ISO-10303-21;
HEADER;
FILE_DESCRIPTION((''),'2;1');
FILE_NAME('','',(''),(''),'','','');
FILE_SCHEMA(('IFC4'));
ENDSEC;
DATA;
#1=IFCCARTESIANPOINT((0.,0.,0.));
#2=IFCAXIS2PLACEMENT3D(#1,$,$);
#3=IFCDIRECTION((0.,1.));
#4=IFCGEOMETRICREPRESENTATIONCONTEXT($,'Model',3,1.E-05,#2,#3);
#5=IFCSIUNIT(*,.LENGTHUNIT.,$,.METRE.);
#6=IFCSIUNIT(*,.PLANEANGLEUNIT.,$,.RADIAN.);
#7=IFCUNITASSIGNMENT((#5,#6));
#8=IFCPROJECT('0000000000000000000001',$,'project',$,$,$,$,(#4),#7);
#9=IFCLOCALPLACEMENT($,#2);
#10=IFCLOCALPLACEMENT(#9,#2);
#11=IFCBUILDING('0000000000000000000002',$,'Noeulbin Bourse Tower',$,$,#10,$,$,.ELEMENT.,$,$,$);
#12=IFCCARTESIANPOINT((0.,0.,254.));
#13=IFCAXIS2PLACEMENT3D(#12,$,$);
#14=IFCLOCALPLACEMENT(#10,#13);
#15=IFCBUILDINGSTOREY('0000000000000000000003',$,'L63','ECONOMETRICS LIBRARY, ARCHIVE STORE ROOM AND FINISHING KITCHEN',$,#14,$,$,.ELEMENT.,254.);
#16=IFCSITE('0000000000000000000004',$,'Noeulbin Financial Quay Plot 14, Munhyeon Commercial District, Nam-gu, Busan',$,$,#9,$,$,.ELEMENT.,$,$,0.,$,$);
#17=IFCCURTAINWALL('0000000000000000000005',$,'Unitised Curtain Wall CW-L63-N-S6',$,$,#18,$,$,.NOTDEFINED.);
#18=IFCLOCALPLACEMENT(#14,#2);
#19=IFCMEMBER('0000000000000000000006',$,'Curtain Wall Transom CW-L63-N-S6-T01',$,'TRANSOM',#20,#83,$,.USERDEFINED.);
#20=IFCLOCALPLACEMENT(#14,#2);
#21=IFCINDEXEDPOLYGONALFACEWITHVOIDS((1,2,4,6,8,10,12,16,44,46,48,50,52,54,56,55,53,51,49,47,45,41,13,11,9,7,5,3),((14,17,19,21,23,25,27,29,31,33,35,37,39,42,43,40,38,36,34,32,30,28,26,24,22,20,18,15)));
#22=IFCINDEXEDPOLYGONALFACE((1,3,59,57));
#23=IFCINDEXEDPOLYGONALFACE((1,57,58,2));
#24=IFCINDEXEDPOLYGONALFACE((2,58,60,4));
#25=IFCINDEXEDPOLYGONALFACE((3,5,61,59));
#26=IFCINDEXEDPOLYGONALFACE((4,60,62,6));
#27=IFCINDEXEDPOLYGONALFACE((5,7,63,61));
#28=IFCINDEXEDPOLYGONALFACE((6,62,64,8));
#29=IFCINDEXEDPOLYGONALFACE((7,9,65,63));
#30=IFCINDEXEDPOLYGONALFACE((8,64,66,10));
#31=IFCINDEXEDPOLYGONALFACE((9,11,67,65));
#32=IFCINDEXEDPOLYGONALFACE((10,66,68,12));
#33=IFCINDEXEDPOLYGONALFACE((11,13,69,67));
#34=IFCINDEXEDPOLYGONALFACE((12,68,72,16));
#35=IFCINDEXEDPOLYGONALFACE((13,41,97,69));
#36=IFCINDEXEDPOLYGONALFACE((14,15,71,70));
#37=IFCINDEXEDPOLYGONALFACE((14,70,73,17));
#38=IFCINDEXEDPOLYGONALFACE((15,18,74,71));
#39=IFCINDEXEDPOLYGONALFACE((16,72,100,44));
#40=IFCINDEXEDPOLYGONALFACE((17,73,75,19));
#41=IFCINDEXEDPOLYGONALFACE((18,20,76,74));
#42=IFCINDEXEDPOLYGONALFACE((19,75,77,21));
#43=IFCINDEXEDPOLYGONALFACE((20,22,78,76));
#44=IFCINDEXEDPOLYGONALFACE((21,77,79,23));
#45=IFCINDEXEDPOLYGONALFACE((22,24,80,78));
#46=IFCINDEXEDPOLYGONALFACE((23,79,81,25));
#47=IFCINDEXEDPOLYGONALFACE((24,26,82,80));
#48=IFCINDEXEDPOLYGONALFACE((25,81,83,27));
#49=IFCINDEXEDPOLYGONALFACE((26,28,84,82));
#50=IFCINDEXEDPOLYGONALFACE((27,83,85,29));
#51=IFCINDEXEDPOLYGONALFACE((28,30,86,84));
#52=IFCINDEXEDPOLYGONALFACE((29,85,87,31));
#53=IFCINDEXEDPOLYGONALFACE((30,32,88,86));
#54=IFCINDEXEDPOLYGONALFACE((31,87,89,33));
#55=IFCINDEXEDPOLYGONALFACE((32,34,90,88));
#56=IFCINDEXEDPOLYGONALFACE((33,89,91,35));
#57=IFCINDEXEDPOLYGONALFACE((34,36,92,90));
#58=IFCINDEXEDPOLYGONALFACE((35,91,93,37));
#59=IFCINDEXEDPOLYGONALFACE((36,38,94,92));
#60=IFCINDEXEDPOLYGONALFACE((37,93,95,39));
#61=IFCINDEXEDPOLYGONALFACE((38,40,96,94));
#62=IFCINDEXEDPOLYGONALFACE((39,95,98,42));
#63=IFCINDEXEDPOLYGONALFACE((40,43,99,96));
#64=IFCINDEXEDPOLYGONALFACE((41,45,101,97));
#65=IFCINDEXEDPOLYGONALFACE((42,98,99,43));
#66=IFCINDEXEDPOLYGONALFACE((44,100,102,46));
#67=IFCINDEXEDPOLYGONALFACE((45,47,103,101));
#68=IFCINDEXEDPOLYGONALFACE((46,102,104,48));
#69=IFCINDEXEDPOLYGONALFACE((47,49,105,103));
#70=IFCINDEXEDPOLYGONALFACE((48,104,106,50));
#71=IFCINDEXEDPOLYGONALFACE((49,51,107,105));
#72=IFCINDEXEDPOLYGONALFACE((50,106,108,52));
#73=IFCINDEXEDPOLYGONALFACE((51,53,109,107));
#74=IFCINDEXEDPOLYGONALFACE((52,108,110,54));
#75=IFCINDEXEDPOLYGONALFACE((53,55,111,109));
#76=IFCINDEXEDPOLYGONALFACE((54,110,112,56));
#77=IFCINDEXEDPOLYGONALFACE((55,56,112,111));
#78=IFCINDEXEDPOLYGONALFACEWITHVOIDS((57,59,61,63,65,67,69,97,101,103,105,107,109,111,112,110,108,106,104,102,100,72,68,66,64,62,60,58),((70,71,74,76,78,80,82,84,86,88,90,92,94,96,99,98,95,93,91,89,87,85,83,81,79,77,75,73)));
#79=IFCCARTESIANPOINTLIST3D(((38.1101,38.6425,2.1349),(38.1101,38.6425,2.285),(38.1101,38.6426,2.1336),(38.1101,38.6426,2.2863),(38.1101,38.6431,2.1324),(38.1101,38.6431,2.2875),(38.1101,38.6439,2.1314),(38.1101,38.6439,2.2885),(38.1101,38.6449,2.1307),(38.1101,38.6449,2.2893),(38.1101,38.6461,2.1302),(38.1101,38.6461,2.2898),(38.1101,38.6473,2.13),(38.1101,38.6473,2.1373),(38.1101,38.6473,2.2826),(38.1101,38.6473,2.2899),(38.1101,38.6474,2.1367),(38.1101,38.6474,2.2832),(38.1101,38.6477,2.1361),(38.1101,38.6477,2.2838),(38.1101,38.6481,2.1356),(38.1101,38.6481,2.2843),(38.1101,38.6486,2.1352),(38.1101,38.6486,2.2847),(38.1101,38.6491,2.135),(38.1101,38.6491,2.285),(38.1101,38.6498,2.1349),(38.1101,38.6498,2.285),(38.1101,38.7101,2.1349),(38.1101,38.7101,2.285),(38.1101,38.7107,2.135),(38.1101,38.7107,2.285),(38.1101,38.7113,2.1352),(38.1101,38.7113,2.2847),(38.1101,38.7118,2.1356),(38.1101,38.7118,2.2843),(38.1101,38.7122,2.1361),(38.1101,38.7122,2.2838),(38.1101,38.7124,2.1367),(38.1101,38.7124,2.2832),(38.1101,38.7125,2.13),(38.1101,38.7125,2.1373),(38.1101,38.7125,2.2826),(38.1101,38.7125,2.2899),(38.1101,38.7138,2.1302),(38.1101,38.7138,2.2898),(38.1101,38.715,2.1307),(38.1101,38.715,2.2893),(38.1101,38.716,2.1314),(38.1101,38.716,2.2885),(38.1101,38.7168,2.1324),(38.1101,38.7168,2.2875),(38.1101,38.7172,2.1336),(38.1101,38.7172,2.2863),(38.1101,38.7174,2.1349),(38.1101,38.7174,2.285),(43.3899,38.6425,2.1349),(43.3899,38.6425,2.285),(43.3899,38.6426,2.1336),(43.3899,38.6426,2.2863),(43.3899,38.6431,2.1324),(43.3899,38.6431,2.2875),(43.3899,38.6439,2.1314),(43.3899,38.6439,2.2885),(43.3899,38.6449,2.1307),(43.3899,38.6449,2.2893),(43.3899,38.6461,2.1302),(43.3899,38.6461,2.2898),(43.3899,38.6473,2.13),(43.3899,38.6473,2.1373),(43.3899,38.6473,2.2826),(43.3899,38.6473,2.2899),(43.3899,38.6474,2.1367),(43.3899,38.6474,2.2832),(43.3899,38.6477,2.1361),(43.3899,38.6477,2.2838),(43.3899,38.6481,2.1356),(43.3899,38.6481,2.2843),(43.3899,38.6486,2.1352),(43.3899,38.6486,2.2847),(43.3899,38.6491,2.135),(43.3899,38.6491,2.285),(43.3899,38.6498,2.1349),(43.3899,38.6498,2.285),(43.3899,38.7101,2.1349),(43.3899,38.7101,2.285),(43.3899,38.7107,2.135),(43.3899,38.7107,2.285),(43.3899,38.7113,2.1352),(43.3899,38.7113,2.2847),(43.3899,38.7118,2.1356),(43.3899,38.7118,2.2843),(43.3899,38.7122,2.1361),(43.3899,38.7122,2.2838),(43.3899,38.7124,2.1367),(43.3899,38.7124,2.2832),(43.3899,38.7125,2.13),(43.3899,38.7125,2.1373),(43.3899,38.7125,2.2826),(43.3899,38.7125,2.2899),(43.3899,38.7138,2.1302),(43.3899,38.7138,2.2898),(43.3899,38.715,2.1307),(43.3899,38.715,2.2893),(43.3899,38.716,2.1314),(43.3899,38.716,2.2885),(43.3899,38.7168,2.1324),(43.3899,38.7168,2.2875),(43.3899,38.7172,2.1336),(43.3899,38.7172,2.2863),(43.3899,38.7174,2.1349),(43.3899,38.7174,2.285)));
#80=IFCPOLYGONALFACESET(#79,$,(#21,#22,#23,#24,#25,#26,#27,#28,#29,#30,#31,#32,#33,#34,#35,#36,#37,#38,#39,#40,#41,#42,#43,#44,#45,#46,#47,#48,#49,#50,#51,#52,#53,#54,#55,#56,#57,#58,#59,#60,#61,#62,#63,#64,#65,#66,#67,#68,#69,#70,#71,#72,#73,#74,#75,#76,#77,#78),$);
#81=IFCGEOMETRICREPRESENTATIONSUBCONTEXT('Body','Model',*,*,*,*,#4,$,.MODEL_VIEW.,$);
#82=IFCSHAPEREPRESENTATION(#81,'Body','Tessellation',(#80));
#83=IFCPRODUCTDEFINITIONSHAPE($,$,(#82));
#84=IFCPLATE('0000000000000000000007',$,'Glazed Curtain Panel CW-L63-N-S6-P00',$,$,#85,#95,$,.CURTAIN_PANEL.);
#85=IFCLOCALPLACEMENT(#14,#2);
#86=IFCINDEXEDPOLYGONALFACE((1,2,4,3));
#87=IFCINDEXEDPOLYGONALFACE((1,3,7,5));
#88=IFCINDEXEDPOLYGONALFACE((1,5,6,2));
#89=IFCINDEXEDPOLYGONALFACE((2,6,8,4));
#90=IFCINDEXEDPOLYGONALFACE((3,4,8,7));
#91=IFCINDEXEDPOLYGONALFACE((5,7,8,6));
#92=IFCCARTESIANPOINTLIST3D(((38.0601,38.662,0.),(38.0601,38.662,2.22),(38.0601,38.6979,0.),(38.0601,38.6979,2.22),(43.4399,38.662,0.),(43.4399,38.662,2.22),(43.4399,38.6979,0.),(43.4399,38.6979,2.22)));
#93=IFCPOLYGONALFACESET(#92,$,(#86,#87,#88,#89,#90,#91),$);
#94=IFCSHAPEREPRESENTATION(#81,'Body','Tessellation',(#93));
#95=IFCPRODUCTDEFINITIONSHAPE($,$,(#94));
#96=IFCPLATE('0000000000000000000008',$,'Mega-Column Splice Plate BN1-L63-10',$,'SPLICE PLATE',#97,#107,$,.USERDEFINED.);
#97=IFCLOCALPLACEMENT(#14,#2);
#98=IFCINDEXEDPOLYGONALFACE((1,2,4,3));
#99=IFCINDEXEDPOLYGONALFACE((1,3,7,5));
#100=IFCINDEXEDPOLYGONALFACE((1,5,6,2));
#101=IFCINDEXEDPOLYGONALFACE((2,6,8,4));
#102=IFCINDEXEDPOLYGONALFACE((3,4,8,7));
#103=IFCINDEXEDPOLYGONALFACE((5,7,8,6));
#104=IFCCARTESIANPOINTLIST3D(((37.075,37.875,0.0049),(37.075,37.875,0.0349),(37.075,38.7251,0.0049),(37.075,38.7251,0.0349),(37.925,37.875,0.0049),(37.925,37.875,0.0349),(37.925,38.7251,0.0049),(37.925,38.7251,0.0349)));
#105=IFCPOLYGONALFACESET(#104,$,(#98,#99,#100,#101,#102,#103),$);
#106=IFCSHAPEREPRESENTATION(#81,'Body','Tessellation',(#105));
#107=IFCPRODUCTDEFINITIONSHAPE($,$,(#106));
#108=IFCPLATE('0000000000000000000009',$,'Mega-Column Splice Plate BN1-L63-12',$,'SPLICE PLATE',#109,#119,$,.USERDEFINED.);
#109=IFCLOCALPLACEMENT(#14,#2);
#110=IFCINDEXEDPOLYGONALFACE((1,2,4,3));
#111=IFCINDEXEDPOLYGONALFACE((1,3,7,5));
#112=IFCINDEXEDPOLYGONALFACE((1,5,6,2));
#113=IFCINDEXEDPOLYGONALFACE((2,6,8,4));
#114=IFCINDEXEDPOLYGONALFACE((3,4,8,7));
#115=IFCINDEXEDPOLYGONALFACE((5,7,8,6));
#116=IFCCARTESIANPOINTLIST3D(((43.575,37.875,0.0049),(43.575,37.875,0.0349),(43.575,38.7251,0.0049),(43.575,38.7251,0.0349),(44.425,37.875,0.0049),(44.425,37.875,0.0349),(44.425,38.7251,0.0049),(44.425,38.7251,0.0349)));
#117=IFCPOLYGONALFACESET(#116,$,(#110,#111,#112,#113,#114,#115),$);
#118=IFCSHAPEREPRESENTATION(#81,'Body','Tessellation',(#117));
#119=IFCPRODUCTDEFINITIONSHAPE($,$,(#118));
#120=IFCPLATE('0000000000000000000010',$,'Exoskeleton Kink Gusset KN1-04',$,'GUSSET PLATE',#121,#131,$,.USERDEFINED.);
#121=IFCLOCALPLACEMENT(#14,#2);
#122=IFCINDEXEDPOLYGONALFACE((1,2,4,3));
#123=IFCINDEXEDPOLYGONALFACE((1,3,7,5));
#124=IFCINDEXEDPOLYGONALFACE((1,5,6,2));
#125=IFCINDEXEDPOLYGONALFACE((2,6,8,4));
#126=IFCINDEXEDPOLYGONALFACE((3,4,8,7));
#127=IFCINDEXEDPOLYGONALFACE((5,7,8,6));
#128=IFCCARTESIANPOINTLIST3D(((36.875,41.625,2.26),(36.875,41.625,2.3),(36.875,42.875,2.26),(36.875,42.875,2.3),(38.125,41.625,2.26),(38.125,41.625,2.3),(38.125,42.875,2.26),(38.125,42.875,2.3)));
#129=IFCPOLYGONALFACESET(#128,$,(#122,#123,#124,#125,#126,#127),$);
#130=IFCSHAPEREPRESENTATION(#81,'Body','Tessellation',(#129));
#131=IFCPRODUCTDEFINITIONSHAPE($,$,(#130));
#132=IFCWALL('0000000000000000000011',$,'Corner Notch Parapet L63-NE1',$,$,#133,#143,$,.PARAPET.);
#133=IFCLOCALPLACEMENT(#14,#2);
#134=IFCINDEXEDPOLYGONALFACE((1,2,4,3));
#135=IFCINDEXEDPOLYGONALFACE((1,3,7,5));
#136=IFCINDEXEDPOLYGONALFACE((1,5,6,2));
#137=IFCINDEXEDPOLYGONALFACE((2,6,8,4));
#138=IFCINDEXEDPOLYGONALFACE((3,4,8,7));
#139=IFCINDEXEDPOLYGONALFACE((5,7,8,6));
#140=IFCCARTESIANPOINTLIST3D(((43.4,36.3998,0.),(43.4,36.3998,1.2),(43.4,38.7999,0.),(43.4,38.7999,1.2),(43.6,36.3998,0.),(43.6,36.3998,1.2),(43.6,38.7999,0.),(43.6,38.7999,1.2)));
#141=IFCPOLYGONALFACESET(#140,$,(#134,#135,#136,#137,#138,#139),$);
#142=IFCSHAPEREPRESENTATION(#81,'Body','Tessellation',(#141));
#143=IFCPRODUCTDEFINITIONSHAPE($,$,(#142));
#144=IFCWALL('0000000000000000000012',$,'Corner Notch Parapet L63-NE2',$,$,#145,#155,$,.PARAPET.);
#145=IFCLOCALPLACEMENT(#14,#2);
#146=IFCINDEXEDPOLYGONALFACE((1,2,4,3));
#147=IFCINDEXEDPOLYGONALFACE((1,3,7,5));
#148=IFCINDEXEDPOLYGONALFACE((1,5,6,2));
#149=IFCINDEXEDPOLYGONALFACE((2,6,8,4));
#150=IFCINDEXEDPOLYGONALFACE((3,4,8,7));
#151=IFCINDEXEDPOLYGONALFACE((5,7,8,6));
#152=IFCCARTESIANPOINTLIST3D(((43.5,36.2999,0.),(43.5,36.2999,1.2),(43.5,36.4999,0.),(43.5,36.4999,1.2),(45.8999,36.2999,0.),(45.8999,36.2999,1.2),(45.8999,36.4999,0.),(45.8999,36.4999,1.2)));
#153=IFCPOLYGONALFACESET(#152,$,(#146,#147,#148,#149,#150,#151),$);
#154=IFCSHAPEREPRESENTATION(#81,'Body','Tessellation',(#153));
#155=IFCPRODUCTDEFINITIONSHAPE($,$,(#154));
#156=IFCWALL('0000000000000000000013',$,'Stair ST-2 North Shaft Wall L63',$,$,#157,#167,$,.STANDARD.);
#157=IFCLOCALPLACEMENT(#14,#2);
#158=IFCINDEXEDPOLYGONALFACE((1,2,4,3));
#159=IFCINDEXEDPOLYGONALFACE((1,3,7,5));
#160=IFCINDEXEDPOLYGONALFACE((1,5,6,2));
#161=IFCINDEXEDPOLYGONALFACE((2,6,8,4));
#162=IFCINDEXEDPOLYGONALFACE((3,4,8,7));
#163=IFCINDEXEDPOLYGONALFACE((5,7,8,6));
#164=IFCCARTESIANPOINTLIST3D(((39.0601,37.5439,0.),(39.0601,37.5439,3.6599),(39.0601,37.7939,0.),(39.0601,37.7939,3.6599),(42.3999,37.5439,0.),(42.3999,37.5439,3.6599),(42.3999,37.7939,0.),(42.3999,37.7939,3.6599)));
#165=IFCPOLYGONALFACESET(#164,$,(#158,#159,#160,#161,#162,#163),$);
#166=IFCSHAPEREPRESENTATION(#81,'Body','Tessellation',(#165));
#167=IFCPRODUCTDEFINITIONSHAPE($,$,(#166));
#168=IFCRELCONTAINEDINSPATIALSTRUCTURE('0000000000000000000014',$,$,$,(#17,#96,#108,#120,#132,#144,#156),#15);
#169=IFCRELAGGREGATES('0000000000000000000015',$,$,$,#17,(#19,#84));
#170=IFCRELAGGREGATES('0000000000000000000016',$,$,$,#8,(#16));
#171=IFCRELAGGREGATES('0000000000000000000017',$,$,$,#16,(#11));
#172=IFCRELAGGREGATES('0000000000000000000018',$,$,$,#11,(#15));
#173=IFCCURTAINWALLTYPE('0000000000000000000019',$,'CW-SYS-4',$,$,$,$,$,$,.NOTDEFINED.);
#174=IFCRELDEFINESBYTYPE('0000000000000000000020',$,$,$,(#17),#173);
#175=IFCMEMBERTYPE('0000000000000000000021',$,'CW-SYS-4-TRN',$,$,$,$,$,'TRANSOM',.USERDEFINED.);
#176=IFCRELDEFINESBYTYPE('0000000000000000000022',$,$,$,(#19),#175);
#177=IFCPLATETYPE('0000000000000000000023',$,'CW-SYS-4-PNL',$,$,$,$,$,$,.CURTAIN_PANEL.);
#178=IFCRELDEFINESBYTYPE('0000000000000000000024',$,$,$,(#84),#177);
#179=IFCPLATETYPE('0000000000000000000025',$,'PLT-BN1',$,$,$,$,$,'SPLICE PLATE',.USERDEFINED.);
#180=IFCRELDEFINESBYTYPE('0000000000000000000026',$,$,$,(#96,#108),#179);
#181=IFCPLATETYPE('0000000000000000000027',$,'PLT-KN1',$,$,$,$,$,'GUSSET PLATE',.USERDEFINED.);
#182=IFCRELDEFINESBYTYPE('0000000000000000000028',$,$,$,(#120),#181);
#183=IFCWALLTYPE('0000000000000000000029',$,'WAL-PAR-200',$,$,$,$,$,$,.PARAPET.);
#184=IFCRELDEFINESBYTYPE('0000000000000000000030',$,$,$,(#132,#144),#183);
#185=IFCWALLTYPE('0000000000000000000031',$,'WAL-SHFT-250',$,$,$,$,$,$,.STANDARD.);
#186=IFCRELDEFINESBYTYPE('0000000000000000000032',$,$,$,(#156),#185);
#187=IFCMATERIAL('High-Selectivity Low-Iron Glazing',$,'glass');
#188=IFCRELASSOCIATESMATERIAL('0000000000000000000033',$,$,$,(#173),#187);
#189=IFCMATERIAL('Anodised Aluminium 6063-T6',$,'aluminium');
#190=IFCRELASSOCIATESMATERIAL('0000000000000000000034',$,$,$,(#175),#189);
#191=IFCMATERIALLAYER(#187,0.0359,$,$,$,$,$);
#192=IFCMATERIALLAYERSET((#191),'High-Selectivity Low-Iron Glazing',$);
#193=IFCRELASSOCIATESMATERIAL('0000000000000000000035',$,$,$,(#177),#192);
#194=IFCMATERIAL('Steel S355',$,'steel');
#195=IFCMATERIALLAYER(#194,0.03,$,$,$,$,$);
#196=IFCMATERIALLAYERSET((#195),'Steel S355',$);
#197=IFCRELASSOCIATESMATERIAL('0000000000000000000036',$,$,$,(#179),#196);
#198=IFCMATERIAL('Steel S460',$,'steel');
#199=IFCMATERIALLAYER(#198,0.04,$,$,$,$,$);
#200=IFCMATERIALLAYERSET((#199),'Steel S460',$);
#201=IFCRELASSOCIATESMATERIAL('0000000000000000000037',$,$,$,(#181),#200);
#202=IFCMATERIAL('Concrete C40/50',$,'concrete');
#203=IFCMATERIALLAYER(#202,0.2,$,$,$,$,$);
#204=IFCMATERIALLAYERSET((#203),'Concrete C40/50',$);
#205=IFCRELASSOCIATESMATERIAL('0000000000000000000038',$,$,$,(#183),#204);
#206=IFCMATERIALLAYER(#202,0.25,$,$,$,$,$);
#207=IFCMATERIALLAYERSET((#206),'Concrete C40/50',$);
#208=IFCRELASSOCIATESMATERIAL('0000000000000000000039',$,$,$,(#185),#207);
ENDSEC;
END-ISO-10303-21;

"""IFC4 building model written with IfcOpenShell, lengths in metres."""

from ifc_helpers import new_model, si_unit, direction, frame, frame_2d, origin, origin_2d, place, context, subcontext, project, spatial, rectangle, hollow_rectangle, extrude, material, layer, layer_set, material_profile, profile_set, type_object, element, aggregate, save


model = new_model("IFC4")

# Units and contexts
model_context = context("Model", 3, precision=1e-05, world=origin(), true_north=direction((0.0, 1.0)))
body_context = subcontext(model_context, "Body", "Model", "MODEL_VIEW")
ifc_project = project(units=[si_unit("LENGTHUNIT", "METRE"), si_unit("PLANEANGLEUNIT", "RADIAN")], contexts=[model_context])

# Site, building, storey
site_placement = place(None, origin())
site = spatial("IfcSite", under=ifc_project, at=site_placement, Name="Noeulbin Financial Quay Plot 14, Munhyeon Commercial District, Nam-gu, Busan", CompositionType="ELEMENT", RefElevation=0.0)
building_placement = place(site_placement, origin())
building = spatial("IfcBuilding", under=site, at=building_placement, Name="Noeulbin Bourse Tower", CompositionType="ELEMENT")
storey_placement = place(building_placement, frame((0.0, 0.0, 254.0)))
storey = spatial("IfcBuildingStorey", under=building, at=storey_placement, Name="L63", Description="ECONOMETRICS LIBRARY, ARCHIVE STORE ROOM AND FINISHING KITCHEN", CompositionType="ELEMENT", Elevation=254.0)

# Shared definitions
ifc_material_1 = material(Name="Steel S355", Category="steel")

# Shared definitions
ifc_material_2 = material(Name="Steel S460", Category="steel")

# Curtain wall
ifc_material_3 = material(Name="High-Selectivity Low-Iron Glazing", Category="glass")
curtain_wall_type = type_object("IfcCurtainWallType", Name="CW-SYS-4", PredefinedType="NOTDEFINED", material=ifc_material_3)
curtain_wall_1_placement = place(storey_placement, origin())
curtain_wall_1 = element("IfcCurtainWall", 1, at=curtain_wall_1_placement, inside=storey, type_object=curtain_wall_type, Name="Unitised Curtain Wall CW-L63-N-S6", PredefinedType="NOTDEFINED")
ifc_material_4 = material(Name="Anodised Aluminium 6063-T6", Category="aluminium")

# Member
ifc_material_profile_1 = material_profile(ifc_material_4, hollow_rectangle(XDim=0.075, YDim=0.1599, WallThickness=0.0049, InnerFilletRadius=0.0024, OuterFilletRadius=0.0049, at=origin_2d()), Name="ALU-TRAN-75x160x5", Category="LoadBearing")
ifc_profile_set_1 = profile_set([ifc_material_profile_1], Name="Anodised Aluminium 6063-T6")
member_type_1 = type_object("IfcMemberType", Name="CW-SYS-4-TRN", ElementType="TRANSOM", PredefinedType="USERDEFINED", material=ifc_profile_set_1)
member_1_placement = place(storey_placement, frame((38.1101, 38.6799, 2.21), z_axis=(1.0, 0.0, 0.0), x_axis=(0.0, 1.0, 0.0)))
member_1 = element("IfcMember", 2, at=member_1_placement, type_object=member_type_1, Name="Curtain Wall Transom CW-L63-N-S6-T01", ObjectType="TRANSOM", PredefinedType="USERDEFINED", context=body_context, shape_type="SweptSolid", body=[
    extrude(hollow_rectangle(XDim=0.075, YDim=0.1599, WallThickness=0.0049, InnerFilletRadius=0.0024, OuterFilletRadius=0.0049, at=origin_2d()), origin(), (0.0, 0.0, 1.0), 5.2798),
])

# Plate
ifc_layer_1 = layer(ifc_material_3, 0.0359)
ifc_layer_set_1 = layer_set([ifc_layer_1], Name="High-Selectivity Low-Iron Glazing")
plate_type_1 = type_object("IfcPlateType", Name="CW-SYS-4-PNL", PredefinedType="CURTAIN_PANEL", material=ifc_layer_set_1)
plate_1_placement = place(storey_placement, frame((40.75, 38.6799, 0.0), z_axis=(0.0, 0.0, 1.0), x_axis=(1.0, 0.0, 0.0)))
plate_1 = element("IfcPlate", 3, at=plate_1_placement, type_object=plate_type_1, Name="Glazed Curtain Panel CW-L63-N-S6-P00", PredefinedType="CURTAIN_PANEL", context=body_context, shape_type="SweptSolid", body=[
    extrude(rectangle(XDim=5.3799, YDim=0.0359, at=origin_2d()), origin(), (0.0, 0.0, 1.0), 2.22),
])
aggregate(curtain_wall_1, [member_1, plate_1])

# Plates
ifc_layer_2 = layer(ifc_material_1, 0.03)
ifc_layer_set_2 = layer_set([ifc_layer_2], Name="Steel S355")
plate_type_2 = type_object("IfcPlateType", Name="PLT-BN1", ElementType="SPLICE PLATE", PredefinedType="USERDEFINED", material=ifc_layer_set_2)
for number, where, z_axis, x_axis, name in (
    (4, (37.5, 38.3, 0.0049), (0.0, 0.0, 1.0), (1.0, 0.0, 0.0), "Mega-Column Splice Plate BN1-L63-10"),
    (5, (44.0, 38.3, 0.0049), (0.0, 0.0, 1.0), (1.0, 0.0, 0.0), "Mega-Column Splice Plate BN1-L63-12"),
):
    element("IfcPlate", number, at=place(storey_placement, frame(where, z_axis=z_axis, x_axis=x_axis)), inside=storey, type_object=plate_type_2, Name=name, ObjectType="SPLICE PLATE", PredefinedType="USERDEFINED", context=body_context, shape_type="SweptSolid", body=[
        extrude(rectangle(XDim=0.8501, YDim=0.8501, at=origin_2d()), origin(), (0.0, 0.0, 1.0), 0.03),
    ])
ifc_layer_3 = layer(ifc_material_2, 0.04)
ifc_layer_set_3 = layer_set([ifc_layer_3], Name="Steel S460")
plate_type_3 = type_object("IfcPlateType", Name="PLT-KN1", ElementType="GUSSET PLATE", PredefinedType="USERDEFINED", material=ifc_layer_set_3)
plate_2_placement = place(storey_placement, frame((37.5, 42.25, 2.26), z_axis=(0.0, 0.0, 1.0), x_axis=(1.0, 0.0, 0.0)))
element("IfcPlate", 6, at=plate_2_placement, inside=storey, type_object=plate_type_3, Name="Exoskeleton Kink Gusset KN1-04", ObjectType="GUSSET PLATE", PredefinedType="USERDEFINED", context=body_context, shape_type="SweptSolid", body=[
    extrude(rectangle(XDim=1.25, YDim=1.25, at=origin_2d()), origin(), (0.0, 0.0, 1.0), 0.04),
])

# Walls
ifc_material_5 = material(Name="Concrete C40/50", Category="concrete")
ifc_layer_4 = layer(ifc_material_5, 0.2)
ifc_layer_set_4 = layer_set([ifc_layer_4], Name="Concrete C40/50")
wall_type_1 = type_object("IfcWallType", Name="WAL-PAR-200", PredefinedType="PARAPET", material=ifc_layer_set_4)
wall_1_placement = place(storey_placement, frame((43.5, 38.8, 0.0), z_axis=(0.0, 0.0, 1.0), x_axis=(0.0, -1.0, 0.0)))
element("IfcWall", 7, at=wall_1_placement, inside=storey, type_object=wall_type_1, Name="Corner Notch Parapet L63-NE1", PredefinedType="PARAPET", context=body_context, shape_type="SweptSolid", body=[
    extrude(rectangle(XDim=2.4001, YDim=0.2, at=frame_2d((1.2002, 0.0))), origin(), (0.0, 0.0, 1.0), 1.2),
])
wall_2_placement = place(storey_placement, frame((43.5, 36.3999, 0.0), z_axis=(0.0, 0.0, 1.0), x_axis=(1.0, 0.0, 0.0)))
element("IfcWall", 8, at=wall_2_placement, inside=storey, type_object=wall_type_1, Name="Corner Notch Parapet L63-NE2", PredefinedType="PARAPET", context=body_context, shape_type="SweptSolid", body=[
    extrude(rectangle(XDim=2.3999, YDim=0.2, at=frame_2d((1.2, 0.0))), origin(), (0.0, 0.0, 1.0), 1.2),
])
ifc_layer_5 = layer(ifc_material_5, 0.25)
ifc_layer_set_5 = layer_set([ifc_layer_5], Name="Concrete C40/50")
wall_type_2 = type_object("IfcWallType", Name="WAL-SHFT-250", PredefinedType="STANDARD", material=ifc_layer_set_5)
wall_3_placement = place(storey_placement, frame((39.0601, 37.6689, 0.0), z_axis=(0.0, 0.0, 1.0), x_axis=(1.0, 0.0, 0.0)))
element("IfcWall", 9, at=wall_3_placement, inside=storey, type_object=wall_type_2, Name="Stair ST-2 North Shaft Wall L63", PredefinedType="STANDARD", context=body_context, shape_type="SweptSolid", body=[
    extrude(rectangle(XDim=3.3398, YDim=0.25, at=frame_2d((1.6699, 0.0))), origin(), (0.0, 0.0, 1.0), 3.6599),
])

save(model, "model.ifc")
